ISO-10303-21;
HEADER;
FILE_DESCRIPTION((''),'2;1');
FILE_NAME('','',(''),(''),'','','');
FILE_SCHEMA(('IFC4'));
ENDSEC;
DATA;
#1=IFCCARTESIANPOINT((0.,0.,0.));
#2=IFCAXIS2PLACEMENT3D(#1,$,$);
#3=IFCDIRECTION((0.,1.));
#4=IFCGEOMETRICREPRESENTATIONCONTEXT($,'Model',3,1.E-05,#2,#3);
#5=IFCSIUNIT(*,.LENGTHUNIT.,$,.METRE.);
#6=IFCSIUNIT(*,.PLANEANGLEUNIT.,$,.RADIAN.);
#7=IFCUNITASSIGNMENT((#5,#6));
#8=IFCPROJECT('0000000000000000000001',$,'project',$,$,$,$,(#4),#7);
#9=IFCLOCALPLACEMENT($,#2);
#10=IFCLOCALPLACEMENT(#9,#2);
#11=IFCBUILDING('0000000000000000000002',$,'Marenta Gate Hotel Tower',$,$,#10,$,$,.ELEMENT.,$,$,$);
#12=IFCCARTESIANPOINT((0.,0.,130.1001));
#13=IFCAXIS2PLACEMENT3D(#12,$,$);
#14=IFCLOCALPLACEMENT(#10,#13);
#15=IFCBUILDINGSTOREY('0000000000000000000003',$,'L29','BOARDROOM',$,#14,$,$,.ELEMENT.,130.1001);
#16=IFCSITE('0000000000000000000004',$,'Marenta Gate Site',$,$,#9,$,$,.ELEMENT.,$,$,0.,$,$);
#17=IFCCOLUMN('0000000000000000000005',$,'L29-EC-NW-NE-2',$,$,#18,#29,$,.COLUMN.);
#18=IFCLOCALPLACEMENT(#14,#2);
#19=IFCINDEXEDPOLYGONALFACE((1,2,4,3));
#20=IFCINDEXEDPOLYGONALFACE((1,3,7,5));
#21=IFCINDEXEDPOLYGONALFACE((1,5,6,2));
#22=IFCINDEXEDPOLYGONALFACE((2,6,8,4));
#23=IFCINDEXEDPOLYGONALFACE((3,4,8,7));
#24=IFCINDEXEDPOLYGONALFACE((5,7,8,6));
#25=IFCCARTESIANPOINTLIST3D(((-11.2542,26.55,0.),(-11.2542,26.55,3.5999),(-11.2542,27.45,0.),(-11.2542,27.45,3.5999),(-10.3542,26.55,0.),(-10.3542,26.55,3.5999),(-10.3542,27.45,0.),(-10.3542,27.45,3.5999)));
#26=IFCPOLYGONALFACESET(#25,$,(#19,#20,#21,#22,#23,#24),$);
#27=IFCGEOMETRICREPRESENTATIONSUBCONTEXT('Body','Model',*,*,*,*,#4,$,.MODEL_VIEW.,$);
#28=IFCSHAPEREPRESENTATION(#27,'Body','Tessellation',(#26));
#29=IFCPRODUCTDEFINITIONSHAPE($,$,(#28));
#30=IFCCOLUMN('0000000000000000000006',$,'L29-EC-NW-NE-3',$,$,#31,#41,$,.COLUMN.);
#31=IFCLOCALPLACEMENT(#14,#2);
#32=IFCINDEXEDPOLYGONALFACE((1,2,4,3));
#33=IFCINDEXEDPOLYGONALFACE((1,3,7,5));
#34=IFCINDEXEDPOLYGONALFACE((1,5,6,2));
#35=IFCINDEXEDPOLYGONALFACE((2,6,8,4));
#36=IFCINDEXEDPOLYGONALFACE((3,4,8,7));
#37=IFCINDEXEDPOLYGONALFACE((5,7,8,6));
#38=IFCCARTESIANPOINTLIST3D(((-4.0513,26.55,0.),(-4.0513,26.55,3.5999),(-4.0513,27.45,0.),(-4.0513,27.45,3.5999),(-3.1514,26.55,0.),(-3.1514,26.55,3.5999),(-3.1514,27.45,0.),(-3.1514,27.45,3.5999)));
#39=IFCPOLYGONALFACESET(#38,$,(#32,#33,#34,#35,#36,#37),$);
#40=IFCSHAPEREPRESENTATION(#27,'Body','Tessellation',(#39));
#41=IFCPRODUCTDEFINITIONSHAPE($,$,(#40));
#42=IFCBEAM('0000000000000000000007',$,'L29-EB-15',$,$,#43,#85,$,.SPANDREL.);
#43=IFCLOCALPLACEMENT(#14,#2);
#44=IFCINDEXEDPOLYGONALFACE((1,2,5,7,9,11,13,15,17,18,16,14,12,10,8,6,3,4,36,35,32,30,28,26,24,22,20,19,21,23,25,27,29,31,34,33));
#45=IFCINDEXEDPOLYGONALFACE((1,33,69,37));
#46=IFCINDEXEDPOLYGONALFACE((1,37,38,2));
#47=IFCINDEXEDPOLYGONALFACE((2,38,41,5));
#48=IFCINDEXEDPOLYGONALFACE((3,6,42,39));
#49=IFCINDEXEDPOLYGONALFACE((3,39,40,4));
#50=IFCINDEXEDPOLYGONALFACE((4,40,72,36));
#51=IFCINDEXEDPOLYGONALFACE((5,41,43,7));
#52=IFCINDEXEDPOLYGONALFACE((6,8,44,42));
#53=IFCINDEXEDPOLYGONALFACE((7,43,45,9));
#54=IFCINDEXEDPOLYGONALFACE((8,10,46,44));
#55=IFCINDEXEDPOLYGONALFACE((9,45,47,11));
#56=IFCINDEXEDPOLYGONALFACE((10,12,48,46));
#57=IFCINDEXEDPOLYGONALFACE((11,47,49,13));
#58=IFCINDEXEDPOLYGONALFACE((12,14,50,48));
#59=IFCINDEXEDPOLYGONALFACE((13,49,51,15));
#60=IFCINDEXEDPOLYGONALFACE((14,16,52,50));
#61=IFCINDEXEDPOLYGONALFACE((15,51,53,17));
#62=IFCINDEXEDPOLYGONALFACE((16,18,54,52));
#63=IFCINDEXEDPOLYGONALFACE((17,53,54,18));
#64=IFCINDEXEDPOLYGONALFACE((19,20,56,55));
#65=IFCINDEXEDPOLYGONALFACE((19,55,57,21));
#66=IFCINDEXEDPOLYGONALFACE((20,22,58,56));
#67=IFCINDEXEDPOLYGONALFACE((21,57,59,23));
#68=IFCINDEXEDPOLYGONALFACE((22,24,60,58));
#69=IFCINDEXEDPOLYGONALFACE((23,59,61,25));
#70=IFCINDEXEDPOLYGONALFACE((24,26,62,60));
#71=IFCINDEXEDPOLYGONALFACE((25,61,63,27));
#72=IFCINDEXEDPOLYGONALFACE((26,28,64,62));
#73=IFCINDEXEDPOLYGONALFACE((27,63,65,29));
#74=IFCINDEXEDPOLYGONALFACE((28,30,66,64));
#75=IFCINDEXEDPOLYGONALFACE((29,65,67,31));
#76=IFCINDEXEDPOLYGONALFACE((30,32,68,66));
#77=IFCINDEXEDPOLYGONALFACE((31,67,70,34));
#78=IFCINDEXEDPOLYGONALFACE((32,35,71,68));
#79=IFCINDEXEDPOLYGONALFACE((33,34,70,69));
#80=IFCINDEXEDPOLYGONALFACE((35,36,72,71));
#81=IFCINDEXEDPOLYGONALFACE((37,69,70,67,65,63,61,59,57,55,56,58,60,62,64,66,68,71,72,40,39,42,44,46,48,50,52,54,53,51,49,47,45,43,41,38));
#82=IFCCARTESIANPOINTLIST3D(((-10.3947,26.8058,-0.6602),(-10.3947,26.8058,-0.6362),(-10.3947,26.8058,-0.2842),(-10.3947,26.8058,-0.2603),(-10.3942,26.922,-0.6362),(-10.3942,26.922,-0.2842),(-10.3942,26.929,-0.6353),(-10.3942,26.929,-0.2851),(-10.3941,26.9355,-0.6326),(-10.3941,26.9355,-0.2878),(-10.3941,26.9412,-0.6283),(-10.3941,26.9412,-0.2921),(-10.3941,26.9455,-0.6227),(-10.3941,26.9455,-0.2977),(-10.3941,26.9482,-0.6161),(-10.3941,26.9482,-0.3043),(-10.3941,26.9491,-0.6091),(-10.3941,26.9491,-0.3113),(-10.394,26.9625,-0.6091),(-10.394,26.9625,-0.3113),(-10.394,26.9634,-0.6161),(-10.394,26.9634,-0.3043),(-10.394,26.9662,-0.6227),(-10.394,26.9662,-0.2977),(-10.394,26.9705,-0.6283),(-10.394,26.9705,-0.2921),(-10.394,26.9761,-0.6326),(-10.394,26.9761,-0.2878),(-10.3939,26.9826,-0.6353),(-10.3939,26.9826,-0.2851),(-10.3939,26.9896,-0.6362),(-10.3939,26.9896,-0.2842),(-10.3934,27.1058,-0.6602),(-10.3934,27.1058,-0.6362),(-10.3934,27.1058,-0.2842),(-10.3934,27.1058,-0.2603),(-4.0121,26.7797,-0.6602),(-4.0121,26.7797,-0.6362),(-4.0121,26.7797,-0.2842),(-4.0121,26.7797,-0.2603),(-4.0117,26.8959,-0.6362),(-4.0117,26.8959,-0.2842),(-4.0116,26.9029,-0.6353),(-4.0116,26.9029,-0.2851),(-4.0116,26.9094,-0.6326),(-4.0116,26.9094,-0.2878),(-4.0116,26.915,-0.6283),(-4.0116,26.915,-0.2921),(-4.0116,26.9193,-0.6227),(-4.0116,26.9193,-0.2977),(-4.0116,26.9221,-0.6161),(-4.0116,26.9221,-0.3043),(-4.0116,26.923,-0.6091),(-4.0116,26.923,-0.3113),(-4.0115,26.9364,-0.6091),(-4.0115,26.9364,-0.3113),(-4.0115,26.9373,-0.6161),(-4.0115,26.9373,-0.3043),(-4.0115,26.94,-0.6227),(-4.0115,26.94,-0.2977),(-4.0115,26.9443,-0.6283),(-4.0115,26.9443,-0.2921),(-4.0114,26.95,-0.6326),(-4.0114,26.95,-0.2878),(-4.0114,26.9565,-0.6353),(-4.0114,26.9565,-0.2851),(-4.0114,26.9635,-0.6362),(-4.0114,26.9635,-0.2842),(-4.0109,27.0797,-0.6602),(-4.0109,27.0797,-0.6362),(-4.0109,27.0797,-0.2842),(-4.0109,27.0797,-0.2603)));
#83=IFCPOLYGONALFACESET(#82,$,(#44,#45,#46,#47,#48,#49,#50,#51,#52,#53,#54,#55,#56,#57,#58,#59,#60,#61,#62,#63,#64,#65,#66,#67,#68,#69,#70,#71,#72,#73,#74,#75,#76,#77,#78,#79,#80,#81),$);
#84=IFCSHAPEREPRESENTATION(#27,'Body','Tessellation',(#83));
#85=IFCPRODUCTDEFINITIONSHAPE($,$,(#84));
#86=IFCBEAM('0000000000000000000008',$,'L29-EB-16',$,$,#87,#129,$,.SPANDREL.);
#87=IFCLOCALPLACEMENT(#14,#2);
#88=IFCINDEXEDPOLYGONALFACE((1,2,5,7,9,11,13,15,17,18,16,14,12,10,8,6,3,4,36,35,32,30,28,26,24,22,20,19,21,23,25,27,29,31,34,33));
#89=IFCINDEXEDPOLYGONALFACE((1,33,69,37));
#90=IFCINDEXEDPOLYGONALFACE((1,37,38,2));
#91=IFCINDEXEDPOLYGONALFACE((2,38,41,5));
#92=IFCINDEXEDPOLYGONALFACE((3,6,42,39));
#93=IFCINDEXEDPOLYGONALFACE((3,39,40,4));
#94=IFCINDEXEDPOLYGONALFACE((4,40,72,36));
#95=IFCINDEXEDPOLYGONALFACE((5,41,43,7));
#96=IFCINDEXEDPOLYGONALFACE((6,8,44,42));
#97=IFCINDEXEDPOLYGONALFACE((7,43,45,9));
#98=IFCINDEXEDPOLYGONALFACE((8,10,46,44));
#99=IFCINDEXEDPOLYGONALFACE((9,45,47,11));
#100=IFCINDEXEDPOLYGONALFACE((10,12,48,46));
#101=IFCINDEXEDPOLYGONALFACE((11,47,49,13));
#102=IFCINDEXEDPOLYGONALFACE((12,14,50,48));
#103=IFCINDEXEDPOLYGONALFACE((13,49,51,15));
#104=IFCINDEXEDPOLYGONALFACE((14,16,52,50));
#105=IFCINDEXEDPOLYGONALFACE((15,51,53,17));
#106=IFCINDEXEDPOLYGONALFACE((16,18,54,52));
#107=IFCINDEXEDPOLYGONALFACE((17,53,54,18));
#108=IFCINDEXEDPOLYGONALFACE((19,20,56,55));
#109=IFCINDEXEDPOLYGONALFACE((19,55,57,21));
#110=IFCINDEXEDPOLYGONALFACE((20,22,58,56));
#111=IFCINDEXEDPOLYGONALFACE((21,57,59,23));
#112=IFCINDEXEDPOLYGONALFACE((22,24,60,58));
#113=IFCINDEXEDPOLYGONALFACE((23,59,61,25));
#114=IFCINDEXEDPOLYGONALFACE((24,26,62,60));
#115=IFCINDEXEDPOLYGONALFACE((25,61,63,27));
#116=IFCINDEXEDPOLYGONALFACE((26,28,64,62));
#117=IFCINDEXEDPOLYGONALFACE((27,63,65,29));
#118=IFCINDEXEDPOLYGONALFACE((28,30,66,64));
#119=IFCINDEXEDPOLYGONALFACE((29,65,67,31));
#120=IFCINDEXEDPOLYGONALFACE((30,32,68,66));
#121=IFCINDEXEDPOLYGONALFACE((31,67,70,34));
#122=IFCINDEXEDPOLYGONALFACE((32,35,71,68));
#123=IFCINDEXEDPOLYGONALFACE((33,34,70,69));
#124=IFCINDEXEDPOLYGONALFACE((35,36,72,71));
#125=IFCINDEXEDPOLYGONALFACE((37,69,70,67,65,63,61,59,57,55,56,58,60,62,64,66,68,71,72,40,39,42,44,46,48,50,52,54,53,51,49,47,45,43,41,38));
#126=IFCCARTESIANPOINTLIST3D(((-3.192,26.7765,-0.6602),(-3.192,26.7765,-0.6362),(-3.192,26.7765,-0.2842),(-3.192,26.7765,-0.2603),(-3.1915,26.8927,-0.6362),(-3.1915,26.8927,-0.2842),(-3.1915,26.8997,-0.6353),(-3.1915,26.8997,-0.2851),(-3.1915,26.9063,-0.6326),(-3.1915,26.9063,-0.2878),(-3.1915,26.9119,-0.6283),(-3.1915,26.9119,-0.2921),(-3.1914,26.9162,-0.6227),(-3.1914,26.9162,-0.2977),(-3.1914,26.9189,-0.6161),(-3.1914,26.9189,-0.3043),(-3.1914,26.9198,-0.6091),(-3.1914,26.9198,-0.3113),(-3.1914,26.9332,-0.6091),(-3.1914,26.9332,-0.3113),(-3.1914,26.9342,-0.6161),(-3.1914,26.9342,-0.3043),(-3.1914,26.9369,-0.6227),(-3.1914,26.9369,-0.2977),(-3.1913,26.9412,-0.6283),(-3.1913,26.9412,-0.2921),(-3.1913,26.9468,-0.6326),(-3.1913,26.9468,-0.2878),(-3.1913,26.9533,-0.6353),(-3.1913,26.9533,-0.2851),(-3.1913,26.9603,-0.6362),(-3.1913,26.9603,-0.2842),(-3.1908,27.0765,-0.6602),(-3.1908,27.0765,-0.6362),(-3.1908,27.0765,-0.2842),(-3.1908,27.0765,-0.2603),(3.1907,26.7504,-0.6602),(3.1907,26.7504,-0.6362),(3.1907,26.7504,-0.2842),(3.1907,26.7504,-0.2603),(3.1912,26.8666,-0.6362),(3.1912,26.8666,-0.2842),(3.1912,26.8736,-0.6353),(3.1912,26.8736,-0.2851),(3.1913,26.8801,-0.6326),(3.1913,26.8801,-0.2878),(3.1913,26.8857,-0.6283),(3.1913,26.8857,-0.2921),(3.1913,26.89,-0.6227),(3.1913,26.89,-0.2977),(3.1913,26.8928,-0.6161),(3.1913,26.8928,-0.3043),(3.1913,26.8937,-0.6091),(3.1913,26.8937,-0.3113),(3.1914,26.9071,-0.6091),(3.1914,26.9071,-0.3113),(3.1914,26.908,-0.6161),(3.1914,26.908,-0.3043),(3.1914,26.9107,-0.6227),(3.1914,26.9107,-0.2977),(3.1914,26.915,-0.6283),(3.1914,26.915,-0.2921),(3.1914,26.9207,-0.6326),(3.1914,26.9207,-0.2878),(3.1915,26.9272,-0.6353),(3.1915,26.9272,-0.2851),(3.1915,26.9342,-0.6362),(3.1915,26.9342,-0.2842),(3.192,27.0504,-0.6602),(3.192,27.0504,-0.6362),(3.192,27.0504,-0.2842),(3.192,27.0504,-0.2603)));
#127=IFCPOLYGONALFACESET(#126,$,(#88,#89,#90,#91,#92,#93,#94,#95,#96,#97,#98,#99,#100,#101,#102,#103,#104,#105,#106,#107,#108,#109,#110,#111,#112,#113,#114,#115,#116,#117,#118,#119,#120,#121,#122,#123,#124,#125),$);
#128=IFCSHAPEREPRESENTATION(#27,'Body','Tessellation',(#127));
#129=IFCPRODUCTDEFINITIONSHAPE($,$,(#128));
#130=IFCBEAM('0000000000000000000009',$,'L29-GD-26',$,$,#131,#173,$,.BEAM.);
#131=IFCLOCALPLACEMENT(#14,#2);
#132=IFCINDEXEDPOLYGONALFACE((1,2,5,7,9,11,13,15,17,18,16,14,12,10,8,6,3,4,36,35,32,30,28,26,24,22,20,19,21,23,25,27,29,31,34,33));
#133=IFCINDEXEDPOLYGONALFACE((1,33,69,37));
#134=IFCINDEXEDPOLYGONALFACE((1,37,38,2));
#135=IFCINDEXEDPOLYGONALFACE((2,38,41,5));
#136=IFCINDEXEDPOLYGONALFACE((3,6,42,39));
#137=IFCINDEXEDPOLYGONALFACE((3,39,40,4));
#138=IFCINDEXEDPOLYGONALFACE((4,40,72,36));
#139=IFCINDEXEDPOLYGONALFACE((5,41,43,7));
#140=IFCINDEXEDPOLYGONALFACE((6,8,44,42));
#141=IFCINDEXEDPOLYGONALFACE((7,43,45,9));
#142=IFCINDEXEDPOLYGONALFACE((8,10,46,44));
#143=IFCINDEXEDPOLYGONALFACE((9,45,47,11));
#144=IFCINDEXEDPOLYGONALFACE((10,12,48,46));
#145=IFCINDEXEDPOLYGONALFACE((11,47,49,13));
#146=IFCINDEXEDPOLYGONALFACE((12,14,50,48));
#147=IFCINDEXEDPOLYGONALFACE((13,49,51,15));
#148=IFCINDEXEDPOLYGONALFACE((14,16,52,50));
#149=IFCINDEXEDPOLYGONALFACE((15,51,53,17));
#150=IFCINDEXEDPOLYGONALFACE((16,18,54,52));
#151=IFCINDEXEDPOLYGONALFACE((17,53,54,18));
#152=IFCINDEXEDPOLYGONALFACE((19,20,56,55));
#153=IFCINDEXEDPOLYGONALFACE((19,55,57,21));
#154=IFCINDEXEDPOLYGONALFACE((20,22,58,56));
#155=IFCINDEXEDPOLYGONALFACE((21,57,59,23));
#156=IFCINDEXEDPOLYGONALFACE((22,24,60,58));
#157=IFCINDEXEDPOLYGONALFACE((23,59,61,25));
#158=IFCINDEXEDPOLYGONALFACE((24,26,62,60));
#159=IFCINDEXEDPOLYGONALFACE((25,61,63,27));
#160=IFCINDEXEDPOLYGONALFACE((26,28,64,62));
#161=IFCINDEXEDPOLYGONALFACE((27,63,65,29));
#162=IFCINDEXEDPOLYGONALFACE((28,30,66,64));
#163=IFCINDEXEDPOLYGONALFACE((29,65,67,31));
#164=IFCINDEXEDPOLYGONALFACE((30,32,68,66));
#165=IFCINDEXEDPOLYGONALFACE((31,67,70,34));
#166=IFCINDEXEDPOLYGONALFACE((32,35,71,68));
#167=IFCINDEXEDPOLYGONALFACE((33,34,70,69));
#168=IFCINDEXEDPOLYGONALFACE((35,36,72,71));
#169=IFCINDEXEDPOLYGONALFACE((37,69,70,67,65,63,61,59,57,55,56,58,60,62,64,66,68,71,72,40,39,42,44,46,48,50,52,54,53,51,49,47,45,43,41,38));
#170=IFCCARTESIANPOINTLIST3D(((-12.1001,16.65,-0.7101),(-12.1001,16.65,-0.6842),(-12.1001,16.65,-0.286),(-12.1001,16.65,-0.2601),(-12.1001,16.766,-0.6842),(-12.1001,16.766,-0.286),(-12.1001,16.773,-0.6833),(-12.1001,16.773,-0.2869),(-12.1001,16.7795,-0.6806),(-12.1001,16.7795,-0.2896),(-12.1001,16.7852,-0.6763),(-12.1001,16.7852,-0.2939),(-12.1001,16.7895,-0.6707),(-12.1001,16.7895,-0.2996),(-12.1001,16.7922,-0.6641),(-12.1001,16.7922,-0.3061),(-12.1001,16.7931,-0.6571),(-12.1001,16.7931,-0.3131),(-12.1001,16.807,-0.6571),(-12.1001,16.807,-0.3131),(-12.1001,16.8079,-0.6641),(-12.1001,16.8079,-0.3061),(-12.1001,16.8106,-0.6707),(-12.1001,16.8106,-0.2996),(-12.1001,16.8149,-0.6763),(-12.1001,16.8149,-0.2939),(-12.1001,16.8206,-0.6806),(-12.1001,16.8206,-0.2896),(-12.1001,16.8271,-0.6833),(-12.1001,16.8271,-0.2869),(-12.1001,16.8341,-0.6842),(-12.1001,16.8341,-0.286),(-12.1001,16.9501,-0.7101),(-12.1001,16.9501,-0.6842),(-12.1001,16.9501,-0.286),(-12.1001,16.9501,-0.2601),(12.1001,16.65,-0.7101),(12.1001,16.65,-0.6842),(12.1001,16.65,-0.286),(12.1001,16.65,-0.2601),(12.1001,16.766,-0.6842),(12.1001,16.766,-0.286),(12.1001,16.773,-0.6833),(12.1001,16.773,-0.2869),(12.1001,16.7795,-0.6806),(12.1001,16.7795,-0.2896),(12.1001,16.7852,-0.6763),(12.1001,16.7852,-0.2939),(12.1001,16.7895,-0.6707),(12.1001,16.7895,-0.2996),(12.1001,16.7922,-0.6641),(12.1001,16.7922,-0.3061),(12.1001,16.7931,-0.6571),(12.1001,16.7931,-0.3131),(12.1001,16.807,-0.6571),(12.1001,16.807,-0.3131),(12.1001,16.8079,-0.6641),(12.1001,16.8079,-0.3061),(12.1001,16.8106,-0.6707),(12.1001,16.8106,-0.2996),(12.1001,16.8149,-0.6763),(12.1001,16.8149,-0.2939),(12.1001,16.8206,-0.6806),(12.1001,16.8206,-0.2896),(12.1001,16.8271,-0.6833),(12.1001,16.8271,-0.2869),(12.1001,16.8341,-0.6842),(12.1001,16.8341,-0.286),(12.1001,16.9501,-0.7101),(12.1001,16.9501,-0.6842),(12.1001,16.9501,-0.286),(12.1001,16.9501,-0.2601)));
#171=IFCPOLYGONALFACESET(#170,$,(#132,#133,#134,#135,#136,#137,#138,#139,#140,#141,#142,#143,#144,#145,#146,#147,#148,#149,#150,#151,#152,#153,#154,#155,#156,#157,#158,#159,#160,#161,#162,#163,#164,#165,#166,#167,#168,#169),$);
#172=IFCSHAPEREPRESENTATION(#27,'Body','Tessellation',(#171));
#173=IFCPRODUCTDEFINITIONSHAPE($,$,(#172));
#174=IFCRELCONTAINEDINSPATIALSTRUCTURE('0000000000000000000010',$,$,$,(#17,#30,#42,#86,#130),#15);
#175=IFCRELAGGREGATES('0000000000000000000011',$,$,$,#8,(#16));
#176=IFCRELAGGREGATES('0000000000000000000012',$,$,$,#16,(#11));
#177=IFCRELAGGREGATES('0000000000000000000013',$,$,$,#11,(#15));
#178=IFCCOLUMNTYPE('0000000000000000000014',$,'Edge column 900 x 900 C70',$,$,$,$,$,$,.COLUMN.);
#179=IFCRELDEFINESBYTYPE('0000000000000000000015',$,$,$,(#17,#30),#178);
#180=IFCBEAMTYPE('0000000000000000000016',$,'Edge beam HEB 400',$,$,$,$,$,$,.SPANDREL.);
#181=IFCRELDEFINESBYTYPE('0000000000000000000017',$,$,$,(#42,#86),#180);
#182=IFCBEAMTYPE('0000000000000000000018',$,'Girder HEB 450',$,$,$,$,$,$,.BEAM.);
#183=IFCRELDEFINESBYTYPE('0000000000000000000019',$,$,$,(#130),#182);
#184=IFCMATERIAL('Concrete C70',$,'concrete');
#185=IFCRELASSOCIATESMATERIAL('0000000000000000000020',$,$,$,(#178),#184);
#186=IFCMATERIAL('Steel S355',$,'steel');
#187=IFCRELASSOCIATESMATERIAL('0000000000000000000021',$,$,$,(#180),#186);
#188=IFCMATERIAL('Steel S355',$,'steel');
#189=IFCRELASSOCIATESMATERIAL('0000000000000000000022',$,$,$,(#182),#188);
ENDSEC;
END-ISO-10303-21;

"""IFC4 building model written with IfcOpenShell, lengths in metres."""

from ifc_helpers import new_model, si_unit, direction, frame, origin, origin_2d, place, context, subcontext, project, spatial, rectangle, i_section, extrude, material, material_profile, profile_set, type_object, element, save


model = new_model("IFC4")

# Units and contexts
model_context = context("Model", 3, precision=1e-05, world=origin(), true_north=direction((0.0, 1.0)))
body_context = subcontext(model_context, "Body", "Model", "MODEL_VIEW")
ifc_project = project(units=[si_unit("LENGTHUNIT", "METRE"), si_unit("PLANEANGLEUNIT", "RADIAN")], contexts=[model_context])

# Site, building, storey
site_placement = place(None, origin())
site = spatial("IfcSite", under=ifc_project, at=site_placement, Name="Marenta Gate Site", CompositionType="ELEMENT", RefElevation=0.0)
building_placement = place(site_placement, origin())
building = spatial("IfcBuilding", under=site, at=building_placement, Name="Marenta Gate Hotel Tower", CompositionType="ELEMENT")
storey_placement = place(building_placement, frame((0.0, 0.0, 130.1001)))
storey = spatial("IfcBuildingStorey", under=building, at=storey_placement, Name="L29", Description="BOARDROOM", CompositionType="ELEMENT", Elevation=130.1001)

# Columns
ifc_material_1 = material(Name="Concrete C70", Category="concrete")
ifc_material_profile_1 = material_profile(ifc_material_1, rectangle(XDim=0.8999, YDim=0.8999, at=origin_2d()), Name="900 x 900")
ifc_profile_set_1 = profile_set([ifc_material_profile_1], Name="Concrete C70")
column_type = type_object("IfcColumnType", Name="Edge column 900 x 900 C70", PredefinedType="COLUMN", material=ifc_profile_set_1)
for number, where, z_axis, x_axis, name in (
    (1, (-10.8042, 27.0, 0.0), (0.0, 0.0, 1.0), (1.0, 0.0, 0.0), "L29-EC-NW-NE-2"),
    (2, (-3.6013, 27.0, 0.0), (0.0, 0.0, 1.0), (1.0, 0.0, 0.0), "L29-EC-NW-NE-3"),
):
    element("IfcColumn", number, at=place(storey_placement, frame(where, z_axis=z_axis, x_axis=x_axis)), inside=storey, type_object=column_type, Name=name, PredefinedType="COLUMN", context=body_context, shape_type="SweptSolid", body=[
        extrude(rectangle(XDim=0.8999, YDim=0.8999, at=origin_2d()), origin(), (0.0, 0.0, 1.0), 3.5999),
    ])

# Beams
ifc_material_2 = material(Name="Steel S355", Category="steel")
ifc_material_profile_2 = material_profile(ifc_material_2, i_section(OverallWidth=0.3, OverallDepth=0.3999, WebThickness=0.0134, FlangeThickness=0.0239, FilletRadius=0.0271, at=origin_2d()), Name="HEB 400")
ifc_profile_set_2 = profile_set([ifc_material_profile_2], Name="Steel S355")
beam_type_1 = type_object("IfcBeamType", Name="Edge beam HEB 400", PredefinedType="SPANDREL", material=ifc_profile_set_2)
beam_1_placement = place(storey_placement, frame((-10.394, 26.9558, -0.4602), z_axis=(0.999992, -0.004093, 0.0), x_axis=(0.004093, 0.999992, 0.0)))
element("IfcBeam", 3, at=beam_1_placement, inside=storey, type_object=beam_type_1, Name="L29-EB-15", PredefinedType="SPANDREL", context=body_context, shape_type="SweptSolid", body=[
    extrude(i_section(OverallWidth=0.3, OverallDepth=0.3999, WebThickness=0.0134, FlangeThickness=0.0239, FilletRadius=0.0271, at=origin_2d()), origin(), (0.0, 0.0, 1.0), 6.3826),
])
beam_2_placement = place(storey_placement, frame((-3.1914, 26.9265, -0.4602), z_axis=(0.999992, -0.004093, 0.0), x_axis=(0.004093, 0.999992, 0.0)))
element("IfcBeam", 4, at=beam_2_placement, inside=storey, type_object=beam_type_1, Name="L29-EB-16", PredefinedType="SPANDREL", context=body_context, shape_type="SweptSolid", body=[
    extrude(i_section(OverallWidth=0.3, OverallDepth=0.3999, WebThickness=0.0134, FlangeThickness=0.0239, FilletRadius=0.0271, at=origin_2d()), origin(), (0.0, 0.0, 1.0), 6.3828),
])
ifc_material_3 = material(Name="Steel S355", Category="steel")
ifc_material_profile_3 = material_profile(ifc_material_3, i_section(OverallWidth=0.3, OverallDepth=0.45, WebThickness=0.0139, FlangeThickness=0.0259, FilletRadius=0.0271, at=origin_2d()), Name="HEB 450")
ifc_profile_set_3 = profile_set([ifc_material_profile_3], Name="Steel S355")
beam_type_2 = type_object("IfcBeamType", Name="Girder HEB 450", PredefinedType="BEAM", material=ifc_profile_set_3)
beam_3_placement = place(storey_placement, frame((-12.1001, 16.8, -0.4851), z_axis=(1.0, 0.0, 0.0), x_axis=(0.0, 1.0, 0.0)))
element("IfcBeam", 5, at=beam_3_placement, inside=storey, type_object=beam_type_2, Name="L29-GD-26", PredefinedType="BEAM", context=body_context, shape_type="SweptSolid", body=[
    extrude(i_section(OverallWidth=0.3, OverallDepth=0.45, WebThickness=0.0139, FlangeThickness=0.0259, FilletRadius=0.0271, at=origin_2d()), origin(), (0.0, 0.0, 1.0), 24.2002),
])

save(model, "model.ifc")
